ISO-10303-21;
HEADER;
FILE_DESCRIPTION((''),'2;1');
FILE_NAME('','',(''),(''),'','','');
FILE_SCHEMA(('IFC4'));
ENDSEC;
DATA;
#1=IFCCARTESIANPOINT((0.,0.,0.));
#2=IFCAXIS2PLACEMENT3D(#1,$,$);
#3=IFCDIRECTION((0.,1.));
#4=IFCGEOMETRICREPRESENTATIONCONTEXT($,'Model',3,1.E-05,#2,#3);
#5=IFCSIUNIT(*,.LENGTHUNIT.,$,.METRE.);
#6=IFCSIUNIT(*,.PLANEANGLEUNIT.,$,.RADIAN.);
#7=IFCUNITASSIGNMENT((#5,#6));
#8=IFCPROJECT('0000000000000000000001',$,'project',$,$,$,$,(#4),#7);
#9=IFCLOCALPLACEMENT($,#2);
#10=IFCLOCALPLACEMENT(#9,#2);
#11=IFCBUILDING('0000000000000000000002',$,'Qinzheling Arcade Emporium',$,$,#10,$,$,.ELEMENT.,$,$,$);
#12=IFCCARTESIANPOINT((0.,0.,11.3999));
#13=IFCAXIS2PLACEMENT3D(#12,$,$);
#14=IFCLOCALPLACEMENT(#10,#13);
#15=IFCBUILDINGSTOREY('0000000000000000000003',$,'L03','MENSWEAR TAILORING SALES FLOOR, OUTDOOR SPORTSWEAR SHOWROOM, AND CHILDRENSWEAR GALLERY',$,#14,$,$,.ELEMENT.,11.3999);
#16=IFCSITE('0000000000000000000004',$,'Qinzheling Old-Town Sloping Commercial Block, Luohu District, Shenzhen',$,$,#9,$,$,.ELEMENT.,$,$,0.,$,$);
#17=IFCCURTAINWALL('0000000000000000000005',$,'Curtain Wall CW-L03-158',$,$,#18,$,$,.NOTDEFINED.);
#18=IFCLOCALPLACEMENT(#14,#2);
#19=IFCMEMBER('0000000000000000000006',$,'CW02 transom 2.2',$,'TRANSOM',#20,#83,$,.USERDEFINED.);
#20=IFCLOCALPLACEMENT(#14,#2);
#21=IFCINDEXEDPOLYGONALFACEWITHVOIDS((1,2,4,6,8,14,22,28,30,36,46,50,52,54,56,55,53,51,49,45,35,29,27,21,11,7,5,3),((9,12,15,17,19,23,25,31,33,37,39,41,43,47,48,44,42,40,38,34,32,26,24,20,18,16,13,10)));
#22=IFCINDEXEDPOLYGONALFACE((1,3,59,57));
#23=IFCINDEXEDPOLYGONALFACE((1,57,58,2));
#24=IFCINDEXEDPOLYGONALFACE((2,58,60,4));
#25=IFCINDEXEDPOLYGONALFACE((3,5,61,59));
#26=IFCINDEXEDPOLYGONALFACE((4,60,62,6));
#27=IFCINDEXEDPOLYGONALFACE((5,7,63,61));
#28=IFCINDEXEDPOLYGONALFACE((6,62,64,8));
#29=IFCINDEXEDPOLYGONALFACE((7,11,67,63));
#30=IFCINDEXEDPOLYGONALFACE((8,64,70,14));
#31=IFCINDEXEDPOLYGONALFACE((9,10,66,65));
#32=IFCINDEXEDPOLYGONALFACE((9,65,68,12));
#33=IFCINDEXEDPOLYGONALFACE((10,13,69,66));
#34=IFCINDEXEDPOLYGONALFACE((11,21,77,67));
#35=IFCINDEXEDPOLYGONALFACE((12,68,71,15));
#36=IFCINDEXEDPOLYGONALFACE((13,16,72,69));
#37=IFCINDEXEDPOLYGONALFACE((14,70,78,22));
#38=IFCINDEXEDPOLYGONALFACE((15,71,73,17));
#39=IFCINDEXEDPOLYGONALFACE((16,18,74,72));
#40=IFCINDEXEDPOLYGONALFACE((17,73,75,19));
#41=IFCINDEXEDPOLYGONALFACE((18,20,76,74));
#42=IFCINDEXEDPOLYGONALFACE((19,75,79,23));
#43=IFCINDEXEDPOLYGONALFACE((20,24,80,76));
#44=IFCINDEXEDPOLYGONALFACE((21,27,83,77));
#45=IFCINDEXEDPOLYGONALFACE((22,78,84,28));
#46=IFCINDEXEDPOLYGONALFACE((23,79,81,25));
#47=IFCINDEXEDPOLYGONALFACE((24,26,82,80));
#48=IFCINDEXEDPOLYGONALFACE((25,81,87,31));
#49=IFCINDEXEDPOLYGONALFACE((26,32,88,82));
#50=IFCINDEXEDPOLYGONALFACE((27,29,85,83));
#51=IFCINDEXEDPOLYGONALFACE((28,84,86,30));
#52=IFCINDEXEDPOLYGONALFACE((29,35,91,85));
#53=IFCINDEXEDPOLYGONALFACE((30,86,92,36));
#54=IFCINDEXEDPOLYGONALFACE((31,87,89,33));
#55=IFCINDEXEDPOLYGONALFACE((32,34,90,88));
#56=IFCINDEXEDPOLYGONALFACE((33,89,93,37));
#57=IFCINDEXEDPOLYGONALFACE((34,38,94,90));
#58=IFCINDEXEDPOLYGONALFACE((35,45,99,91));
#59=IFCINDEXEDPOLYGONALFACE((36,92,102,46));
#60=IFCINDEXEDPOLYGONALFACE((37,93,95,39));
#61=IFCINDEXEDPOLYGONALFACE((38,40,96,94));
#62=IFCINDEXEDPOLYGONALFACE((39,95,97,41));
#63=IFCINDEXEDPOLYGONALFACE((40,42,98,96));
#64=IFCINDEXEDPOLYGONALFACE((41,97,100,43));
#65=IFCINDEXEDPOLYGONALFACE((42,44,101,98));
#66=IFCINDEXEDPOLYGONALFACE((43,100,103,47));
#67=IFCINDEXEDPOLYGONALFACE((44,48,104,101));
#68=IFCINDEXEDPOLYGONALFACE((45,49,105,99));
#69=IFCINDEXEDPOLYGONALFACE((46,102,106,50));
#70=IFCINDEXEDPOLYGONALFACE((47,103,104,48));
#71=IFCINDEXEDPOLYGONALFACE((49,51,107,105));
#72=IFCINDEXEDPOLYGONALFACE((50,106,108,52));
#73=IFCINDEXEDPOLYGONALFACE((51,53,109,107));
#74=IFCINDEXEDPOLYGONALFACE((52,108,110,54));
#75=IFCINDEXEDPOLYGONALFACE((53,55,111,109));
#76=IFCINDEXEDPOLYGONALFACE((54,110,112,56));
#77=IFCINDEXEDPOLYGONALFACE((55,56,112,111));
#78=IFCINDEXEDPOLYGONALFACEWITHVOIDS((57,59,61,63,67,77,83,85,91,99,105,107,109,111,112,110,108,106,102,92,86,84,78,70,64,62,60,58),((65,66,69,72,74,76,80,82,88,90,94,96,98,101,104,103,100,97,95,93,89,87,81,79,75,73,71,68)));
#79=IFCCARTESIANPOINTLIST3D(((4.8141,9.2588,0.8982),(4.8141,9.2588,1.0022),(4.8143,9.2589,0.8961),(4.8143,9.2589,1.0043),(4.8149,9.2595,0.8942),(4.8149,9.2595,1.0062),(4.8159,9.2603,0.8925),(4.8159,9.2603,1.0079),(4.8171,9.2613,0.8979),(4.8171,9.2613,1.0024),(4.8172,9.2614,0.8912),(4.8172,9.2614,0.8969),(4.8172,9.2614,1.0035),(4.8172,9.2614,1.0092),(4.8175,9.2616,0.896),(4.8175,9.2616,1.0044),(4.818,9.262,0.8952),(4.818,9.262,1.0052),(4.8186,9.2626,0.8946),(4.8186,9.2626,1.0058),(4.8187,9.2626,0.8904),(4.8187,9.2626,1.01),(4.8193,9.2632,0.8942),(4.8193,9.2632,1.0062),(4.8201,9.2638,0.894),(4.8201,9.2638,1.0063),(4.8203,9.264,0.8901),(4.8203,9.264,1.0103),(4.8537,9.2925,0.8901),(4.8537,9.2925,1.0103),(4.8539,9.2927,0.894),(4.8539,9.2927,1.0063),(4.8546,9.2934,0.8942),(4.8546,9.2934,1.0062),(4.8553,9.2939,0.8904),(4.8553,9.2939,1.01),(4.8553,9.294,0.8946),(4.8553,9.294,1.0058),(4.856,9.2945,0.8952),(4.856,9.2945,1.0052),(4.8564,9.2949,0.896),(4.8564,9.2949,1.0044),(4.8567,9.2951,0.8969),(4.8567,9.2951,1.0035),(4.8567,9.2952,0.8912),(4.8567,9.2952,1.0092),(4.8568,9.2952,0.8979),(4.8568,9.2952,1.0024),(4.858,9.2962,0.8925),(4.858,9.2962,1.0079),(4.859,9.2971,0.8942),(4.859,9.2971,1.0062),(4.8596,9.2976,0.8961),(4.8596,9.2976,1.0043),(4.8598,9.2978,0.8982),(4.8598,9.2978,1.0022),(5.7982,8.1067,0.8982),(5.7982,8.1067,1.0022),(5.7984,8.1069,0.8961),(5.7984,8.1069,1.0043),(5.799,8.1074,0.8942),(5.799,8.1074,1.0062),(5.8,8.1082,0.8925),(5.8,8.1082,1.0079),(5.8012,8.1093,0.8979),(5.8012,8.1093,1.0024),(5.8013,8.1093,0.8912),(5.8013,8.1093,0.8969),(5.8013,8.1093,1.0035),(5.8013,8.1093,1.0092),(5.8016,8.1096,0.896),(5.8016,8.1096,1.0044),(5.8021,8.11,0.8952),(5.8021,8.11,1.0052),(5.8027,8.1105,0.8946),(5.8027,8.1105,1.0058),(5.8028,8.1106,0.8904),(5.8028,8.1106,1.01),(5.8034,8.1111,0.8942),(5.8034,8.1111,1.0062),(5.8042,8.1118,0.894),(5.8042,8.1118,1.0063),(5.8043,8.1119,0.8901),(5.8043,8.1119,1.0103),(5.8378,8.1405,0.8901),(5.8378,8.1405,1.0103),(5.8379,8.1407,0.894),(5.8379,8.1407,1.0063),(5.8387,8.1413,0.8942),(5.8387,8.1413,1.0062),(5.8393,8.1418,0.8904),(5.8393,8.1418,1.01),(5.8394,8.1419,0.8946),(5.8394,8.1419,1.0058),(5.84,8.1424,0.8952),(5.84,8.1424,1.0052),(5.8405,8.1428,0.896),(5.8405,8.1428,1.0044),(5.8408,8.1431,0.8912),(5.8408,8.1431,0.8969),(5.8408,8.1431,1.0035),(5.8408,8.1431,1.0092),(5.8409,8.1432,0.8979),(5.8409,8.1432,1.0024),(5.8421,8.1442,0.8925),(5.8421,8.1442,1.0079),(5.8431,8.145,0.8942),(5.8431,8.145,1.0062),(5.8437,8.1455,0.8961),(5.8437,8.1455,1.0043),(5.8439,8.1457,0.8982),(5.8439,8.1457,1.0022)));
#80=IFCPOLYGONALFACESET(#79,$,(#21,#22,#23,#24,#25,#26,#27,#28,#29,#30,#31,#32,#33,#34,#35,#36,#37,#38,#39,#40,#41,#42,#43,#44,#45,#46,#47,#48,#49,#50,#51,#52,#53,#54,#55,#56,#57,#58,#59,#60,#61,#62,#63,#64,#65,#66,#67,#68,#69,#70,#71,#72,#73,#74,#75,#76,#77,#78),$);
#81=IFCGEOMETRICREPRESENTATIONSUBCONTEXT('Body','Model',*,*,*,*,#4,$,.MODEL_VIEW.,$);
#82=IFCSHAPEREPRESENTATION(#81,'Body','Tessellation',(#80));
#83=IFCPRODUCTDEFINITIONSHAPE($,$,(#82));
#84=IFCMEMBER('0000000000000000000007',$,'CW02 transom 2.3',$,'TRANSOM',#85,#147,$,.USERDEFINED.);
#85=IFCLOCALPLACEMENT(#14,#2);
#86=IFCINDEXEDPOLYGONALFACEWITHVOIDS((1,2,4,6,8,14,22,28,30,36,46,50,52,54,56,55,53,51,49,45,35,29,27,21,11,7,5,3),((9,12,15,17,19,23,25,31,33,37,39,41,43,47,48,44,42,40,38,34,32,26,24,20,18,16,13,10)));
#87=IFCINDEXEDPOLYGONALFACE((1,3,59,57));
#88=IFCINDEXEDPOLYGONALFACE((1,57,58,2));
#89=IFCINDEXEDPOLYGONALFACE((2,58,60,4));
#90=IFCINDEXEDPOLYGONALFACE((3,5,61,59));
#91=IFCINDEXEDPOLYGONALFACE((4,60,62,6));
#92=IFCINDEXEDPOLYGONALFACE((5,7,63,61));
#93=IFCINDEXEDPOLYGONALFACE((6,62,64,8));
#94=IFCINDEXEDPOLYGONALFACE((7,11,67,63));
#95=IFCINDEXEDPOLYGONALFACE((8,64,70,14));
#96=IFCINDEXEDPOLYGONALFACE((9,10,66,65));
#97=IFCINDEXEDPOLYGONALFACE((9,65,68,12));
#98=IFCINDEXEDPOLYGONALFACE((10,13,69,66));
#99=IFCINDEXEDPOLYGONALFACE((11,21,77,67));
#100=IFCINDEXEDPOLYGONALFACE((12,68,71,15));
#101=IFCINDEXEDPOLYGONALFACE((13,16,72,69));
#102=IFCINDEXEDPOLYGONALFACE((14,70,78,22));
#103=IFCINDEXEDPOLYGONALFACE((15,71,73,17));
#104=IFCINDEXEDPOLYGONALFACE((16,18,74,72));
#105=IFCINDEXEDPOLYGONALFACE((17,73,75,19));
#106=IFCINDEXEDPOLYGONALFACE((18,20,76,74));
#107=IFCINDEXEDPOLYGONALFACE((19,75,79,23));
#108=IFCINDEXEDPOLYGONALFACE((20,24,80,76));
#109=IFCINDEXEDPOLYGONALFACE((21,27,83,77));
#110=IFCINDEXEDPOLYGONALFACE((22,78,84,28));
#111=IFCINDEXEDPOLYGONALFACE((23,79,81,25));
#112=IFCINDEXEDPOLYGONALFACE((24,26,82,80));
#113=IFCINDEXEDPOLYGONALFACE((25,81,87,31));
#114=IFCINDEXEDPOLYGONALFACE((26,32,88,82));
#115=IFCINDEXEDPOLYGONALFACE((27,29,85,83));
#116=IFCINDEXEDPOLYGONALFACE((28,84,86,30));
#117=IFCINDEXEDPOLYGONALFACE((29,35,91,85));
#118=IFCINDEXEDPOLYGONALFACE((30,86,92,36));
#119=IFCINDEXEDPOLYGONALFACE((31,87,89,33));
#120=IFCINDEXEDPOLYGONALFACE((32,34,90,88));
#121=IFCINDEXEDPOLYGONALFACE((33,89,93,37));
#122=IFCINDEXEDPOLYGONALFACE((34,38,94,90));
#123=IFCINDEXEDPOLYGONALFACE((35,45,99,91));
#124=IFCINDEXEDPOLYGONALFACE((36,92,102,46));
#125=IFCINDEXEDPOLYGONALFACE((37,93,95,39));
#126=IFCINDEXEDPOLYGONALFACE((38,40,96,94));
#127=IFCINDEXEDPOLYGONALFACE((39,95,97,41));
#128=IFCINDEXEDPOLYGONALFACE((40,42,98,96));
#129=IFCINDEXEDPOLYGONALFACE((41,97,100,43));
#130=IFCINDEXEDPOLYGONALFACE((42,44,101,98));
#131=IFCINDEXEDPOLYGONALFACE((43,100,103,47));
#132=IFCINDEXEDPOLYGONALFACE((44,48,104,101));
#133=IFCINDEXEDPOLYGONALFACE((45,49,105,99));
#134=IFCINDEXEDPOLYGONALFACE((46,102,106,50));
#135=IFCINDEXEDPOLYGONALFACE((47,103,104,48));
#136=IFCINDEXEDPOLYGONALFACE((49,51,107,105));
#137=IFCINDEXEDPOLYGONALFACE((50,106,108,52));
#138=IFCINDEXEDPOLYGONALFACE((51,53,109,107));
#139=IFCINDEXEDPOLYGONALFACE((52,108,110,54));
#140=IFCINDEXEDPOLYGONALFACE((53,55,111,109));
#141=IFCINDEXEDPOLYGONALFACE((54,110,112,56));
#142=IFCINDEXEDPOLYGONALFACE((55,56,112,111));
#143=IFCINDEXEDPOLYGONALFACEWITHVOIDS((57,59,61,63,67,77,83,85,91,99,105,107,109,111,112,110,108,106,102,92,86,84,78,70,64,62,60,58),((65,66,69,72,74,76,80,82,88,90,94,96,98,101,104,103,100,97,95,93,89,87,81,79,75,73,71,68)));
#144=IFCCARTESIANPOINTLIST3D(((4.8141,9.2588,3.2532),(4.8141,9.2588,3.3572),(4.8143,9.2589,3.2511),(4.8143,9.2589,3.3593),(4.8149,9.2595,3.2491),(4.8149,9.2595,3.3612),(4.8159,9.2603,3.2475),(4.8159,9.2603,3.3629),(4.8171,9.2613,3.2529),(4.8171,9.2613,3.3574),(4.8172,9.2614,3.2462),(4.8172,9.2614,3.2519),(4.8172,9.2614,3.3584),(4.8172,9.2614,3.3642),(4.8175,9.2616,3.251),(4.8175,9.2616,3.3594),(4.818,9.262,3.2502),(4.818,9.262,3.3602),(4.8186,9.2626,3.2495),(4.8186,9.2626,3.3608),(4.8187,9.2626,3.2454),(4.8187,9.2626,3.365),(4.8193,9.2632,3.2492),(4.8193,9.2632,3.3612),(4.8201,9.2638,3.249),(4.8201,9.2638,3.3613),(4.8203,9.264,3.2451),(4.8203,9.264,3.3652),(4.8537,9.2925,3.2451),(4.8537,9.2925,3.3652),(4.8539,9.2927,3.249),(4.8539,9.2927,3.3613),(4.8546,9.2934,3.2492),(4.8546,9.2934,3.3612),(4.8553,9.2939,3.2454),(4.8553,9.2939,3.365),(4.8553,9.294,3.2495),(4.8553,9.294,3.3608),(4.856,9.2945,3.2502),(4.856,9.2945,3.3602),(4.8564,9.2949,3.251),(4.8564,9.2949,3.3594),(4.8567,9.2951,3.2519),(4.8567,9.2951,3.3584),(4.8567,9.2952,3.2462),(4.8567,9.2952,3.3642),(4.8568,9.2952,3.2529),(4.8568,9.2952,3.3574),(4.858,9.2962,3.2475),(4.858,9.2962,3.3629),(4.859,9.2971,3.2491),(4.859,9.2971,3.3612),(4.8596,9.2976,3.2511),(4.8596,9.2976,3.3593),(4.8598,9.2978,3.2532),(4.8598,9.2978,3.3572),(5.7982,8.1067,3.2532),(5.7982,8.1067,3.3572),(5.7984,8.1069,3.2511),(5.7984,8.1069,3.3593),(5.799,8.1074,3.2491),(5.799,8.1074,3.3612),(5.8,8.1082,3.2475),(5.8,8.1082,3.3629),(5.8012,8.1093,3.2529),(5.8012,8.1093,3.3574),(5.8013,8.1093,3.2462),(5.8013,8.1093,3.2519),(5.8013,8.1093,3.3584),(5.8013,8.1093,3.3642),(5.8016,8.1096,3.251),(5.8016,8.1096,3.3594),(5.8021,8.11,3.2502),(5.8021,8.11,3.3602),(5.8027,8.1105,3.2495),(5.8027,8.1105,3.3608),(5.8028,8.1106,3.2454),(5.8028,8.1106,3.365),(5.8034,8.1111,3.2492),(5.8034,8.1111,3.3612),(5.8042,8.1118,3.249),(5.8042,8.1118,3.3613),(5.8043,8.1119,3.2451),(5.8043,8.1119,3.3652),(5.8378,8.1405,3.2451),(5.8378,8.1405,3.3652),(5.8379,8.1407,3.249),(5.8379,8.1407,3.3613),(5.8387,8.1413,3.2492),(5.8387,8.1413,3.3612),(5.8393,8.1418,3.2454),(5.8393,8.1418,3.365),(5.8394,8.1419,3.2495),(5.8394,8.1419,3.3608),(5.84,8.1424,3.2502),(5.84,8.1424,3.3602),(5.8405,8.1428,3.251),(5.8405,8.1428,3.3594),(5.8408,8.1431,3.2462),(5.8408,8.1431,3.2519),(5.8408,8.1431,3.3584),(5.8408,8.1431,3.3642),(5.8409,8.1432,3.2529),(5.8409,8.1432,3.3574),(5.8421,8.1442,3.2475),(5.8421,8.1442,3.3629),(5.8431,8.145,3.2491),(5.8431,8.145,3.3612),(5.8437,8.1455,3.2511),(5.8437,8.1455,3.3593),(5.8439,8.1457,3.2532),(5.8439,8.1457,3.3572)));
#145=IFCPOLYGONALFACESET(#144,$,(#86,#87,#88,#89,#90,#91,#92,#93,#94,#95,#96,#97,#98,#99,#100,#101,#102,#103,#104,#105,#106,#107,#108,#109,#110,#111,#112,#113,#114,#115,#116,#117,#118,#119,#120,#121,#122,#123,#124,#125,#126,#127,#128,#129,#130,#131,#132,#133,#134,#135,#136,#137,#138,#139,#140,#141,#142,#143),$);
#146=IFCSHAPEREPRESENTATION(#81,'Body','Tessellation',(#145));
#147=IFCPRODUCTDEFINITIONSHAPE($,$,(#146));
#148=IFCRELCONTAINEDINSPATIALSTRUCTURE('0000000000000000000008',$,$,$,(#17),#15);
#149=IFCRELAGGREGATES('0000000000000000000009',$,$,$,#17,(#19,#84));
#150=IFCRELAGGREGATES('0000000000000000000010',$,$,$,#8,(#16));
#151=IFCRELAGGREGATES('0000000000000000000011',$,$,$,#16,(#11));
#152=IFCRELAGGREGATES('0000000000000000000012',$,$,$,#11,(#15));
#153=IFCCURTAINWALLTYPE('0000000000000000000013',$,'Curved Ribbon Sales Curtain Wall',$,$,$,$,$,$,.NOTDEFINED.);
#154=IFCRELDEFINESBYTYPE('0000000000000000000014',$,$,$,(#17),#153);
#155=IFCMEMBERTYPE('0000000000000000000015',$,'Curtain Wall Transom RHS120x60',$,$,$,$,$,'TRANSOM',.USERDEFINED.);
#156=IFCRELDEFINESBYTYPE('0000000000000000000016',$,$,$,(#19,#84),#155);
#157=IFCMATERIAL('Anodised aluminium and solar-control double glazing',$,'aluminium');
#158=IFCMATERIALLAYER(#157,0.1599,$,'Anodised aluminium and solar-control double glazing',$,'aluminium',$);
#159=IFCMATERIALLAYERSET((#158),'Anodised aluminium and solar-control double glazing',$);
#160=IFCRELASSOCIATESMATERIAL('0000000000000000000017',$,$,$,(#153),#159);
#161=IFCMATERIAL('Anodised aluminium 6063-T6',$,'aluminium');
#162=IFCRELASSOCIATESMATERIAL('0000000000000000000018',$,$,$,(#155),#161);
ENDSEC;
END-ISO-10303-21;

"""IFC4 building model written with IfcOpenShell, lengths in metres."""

from ifc_helpers import new_model, si_unit, direction, frame, origin, origin_2d, place, context, subcontext, project, spatial, hollow_rectangle, extrude, material, layer, layer_set, material_profile, profile_set, type_object, element, aggregate, save


model = new_model("IFC4")

# Units and contexts
model_context = context("Model", 3, precision=1e-05, world=origin(), true_north=direction((0.0, 1.0)))
body_context = subcontext(model_context, "Body", "Model", "MODEL_VIEW")
ifc_project = project(units=[si_unit("LENGTHUNIT", "METRE"), si_unit("PLANEANGLEUNIT", "RADIAN")], contexts=[model_context])

# Site, building, storey
site_placement = place(None, origin())
site = spatial("IfcSite", under=ifc_project, at=site_placement, Name="Qinzheling Old-Town Sloping Commercial Block, Luohu District, Shenzhen", CompositionType="ELEMENT", RefElevation=0.0)
building_placement = place(site_placement, origin())
building = spatial("IfcBuilding", under=site, at=building_placement, Name="Qinzheling Arcade Emporium", CompositionType="ELEMENT")
storey_placement = place(building_placement, frame((0.0, 0.0, 11.3999)))
storey = spatial("IfcBuildingStorey", under=building, at=storey_placement, Name="L03", Description="MENSWEAR TAILORING SALES FLOOR, OUTDOOR SPORTSWEAR SHOWROOM, AND CHILDRENSWEAR GALLERY", CompositionType="ELEMENT", Elevation=11.3999)

# Curtain wall
ifc_material_1 = material(Name="Anodised aluminium and solar-control double glazing", Category="aluminium")
ifc_layer_1 = layer(ifc_material_1, 0.1599, Name="Anodised aluminium and solar-control double glazing", Category="aluminium")
ifc_layer_set_1 = layer_set([ifc_layer_1], Name="Anodised aluminium and solar-control double glazing")
curtain_wall_type = type_object("IfcCurtainWallType", Name="Curved Ribbon Sales Curtain Wall", PredefinedType="NOTDEFINED", material=ifc_layer_set_1)
curtain_wall_1_placement = place(storey_placement, origin())
curtain_wall_1 = element("IfcCurtainWall", 1, at=curtain_wall_1_placement, inside=storey, type_object=curtain_wall_type, Name="Curtain Wall CW-L03-158", PredefinedType="NOTDEFINED")
ifc_material_2 = material(Name="Anodised aluminium 6063-T6", Category="aluminium")

# Members
ifc_material_profile_1 = material_profile(ifc_material_2, hollow_rectangle(XDim=0.0601, YDim=0.1201, WallThickness=0.0039, InnerFilletRadius=0.0039, OuterFilletRadius=0.0081, at=origin_2d()), Name="RHS 120x60x4", Category="aluminium")
ifc_profile_set_1 = profile_set([ifc_material_profile_1], Name="Anodised aluminium 6063-T6")
member_type_1 = type_object("IfcMemberType", Name="Curtain Wall Transom RHS120x60", ElementType="TRANSOM", PredefinedType="USERDEFINED", material=ifc_profile_set_1)
member_1_placement = place(storey_placement, frame((5.821, 8.1262, 0.9502), z_axis=(-0.649503, 0.760359, 0.0), x_axis=(-0.760359, -0.649503, 0.0)))
member_1 = element("IfcMember", 2, at=member_1_placement, type_object=member_type_1, Name="CW02 transom 2.2", ObjectType="TRANSOM", PredefinedType="USERDEFINED", context=body_context, shape_type="SweptSolid", body=[
    extrude(hollow_rectangle(XDim=0.0601, YDim=0.1201, WallThickness=0.0039, InnerFilletRadius=0.0039, OuterFilletRadius=0.0081, at=origin_2d()), origin(), (0.0, 0.0, 1.0), 1.5151),
])
member_2_placement = place(storey_placement, frame((5.821, 8.1262, 3.3052), z_axis=(-0.649503, 0.760359, 0.0), x_axis=(-0.760359, -0.649503, 0.0)))
member_2 = element("IfcMember", 3, at=member_2_placement, type_object=member_type_1, Name="CW02 transom 2.3", ObjectType="TRANSOM", PredefinedType="USERDEFINED", context=body_context, shape_type="SweptSolid", body=[
    extrude(hollow_rectangle(XDim=0.0601, YDim=0.1201, WallThickness=0.0039, InnerFilletRadius=0.0039, OuterFilletRadius=0.0081, at=origin_2d()), origin(), (0.0, 0.0, 1.0), 1.5151),
])

aggregate(curtain_wall_1, [member_1, member_2])

save(model, "model.ifc")
